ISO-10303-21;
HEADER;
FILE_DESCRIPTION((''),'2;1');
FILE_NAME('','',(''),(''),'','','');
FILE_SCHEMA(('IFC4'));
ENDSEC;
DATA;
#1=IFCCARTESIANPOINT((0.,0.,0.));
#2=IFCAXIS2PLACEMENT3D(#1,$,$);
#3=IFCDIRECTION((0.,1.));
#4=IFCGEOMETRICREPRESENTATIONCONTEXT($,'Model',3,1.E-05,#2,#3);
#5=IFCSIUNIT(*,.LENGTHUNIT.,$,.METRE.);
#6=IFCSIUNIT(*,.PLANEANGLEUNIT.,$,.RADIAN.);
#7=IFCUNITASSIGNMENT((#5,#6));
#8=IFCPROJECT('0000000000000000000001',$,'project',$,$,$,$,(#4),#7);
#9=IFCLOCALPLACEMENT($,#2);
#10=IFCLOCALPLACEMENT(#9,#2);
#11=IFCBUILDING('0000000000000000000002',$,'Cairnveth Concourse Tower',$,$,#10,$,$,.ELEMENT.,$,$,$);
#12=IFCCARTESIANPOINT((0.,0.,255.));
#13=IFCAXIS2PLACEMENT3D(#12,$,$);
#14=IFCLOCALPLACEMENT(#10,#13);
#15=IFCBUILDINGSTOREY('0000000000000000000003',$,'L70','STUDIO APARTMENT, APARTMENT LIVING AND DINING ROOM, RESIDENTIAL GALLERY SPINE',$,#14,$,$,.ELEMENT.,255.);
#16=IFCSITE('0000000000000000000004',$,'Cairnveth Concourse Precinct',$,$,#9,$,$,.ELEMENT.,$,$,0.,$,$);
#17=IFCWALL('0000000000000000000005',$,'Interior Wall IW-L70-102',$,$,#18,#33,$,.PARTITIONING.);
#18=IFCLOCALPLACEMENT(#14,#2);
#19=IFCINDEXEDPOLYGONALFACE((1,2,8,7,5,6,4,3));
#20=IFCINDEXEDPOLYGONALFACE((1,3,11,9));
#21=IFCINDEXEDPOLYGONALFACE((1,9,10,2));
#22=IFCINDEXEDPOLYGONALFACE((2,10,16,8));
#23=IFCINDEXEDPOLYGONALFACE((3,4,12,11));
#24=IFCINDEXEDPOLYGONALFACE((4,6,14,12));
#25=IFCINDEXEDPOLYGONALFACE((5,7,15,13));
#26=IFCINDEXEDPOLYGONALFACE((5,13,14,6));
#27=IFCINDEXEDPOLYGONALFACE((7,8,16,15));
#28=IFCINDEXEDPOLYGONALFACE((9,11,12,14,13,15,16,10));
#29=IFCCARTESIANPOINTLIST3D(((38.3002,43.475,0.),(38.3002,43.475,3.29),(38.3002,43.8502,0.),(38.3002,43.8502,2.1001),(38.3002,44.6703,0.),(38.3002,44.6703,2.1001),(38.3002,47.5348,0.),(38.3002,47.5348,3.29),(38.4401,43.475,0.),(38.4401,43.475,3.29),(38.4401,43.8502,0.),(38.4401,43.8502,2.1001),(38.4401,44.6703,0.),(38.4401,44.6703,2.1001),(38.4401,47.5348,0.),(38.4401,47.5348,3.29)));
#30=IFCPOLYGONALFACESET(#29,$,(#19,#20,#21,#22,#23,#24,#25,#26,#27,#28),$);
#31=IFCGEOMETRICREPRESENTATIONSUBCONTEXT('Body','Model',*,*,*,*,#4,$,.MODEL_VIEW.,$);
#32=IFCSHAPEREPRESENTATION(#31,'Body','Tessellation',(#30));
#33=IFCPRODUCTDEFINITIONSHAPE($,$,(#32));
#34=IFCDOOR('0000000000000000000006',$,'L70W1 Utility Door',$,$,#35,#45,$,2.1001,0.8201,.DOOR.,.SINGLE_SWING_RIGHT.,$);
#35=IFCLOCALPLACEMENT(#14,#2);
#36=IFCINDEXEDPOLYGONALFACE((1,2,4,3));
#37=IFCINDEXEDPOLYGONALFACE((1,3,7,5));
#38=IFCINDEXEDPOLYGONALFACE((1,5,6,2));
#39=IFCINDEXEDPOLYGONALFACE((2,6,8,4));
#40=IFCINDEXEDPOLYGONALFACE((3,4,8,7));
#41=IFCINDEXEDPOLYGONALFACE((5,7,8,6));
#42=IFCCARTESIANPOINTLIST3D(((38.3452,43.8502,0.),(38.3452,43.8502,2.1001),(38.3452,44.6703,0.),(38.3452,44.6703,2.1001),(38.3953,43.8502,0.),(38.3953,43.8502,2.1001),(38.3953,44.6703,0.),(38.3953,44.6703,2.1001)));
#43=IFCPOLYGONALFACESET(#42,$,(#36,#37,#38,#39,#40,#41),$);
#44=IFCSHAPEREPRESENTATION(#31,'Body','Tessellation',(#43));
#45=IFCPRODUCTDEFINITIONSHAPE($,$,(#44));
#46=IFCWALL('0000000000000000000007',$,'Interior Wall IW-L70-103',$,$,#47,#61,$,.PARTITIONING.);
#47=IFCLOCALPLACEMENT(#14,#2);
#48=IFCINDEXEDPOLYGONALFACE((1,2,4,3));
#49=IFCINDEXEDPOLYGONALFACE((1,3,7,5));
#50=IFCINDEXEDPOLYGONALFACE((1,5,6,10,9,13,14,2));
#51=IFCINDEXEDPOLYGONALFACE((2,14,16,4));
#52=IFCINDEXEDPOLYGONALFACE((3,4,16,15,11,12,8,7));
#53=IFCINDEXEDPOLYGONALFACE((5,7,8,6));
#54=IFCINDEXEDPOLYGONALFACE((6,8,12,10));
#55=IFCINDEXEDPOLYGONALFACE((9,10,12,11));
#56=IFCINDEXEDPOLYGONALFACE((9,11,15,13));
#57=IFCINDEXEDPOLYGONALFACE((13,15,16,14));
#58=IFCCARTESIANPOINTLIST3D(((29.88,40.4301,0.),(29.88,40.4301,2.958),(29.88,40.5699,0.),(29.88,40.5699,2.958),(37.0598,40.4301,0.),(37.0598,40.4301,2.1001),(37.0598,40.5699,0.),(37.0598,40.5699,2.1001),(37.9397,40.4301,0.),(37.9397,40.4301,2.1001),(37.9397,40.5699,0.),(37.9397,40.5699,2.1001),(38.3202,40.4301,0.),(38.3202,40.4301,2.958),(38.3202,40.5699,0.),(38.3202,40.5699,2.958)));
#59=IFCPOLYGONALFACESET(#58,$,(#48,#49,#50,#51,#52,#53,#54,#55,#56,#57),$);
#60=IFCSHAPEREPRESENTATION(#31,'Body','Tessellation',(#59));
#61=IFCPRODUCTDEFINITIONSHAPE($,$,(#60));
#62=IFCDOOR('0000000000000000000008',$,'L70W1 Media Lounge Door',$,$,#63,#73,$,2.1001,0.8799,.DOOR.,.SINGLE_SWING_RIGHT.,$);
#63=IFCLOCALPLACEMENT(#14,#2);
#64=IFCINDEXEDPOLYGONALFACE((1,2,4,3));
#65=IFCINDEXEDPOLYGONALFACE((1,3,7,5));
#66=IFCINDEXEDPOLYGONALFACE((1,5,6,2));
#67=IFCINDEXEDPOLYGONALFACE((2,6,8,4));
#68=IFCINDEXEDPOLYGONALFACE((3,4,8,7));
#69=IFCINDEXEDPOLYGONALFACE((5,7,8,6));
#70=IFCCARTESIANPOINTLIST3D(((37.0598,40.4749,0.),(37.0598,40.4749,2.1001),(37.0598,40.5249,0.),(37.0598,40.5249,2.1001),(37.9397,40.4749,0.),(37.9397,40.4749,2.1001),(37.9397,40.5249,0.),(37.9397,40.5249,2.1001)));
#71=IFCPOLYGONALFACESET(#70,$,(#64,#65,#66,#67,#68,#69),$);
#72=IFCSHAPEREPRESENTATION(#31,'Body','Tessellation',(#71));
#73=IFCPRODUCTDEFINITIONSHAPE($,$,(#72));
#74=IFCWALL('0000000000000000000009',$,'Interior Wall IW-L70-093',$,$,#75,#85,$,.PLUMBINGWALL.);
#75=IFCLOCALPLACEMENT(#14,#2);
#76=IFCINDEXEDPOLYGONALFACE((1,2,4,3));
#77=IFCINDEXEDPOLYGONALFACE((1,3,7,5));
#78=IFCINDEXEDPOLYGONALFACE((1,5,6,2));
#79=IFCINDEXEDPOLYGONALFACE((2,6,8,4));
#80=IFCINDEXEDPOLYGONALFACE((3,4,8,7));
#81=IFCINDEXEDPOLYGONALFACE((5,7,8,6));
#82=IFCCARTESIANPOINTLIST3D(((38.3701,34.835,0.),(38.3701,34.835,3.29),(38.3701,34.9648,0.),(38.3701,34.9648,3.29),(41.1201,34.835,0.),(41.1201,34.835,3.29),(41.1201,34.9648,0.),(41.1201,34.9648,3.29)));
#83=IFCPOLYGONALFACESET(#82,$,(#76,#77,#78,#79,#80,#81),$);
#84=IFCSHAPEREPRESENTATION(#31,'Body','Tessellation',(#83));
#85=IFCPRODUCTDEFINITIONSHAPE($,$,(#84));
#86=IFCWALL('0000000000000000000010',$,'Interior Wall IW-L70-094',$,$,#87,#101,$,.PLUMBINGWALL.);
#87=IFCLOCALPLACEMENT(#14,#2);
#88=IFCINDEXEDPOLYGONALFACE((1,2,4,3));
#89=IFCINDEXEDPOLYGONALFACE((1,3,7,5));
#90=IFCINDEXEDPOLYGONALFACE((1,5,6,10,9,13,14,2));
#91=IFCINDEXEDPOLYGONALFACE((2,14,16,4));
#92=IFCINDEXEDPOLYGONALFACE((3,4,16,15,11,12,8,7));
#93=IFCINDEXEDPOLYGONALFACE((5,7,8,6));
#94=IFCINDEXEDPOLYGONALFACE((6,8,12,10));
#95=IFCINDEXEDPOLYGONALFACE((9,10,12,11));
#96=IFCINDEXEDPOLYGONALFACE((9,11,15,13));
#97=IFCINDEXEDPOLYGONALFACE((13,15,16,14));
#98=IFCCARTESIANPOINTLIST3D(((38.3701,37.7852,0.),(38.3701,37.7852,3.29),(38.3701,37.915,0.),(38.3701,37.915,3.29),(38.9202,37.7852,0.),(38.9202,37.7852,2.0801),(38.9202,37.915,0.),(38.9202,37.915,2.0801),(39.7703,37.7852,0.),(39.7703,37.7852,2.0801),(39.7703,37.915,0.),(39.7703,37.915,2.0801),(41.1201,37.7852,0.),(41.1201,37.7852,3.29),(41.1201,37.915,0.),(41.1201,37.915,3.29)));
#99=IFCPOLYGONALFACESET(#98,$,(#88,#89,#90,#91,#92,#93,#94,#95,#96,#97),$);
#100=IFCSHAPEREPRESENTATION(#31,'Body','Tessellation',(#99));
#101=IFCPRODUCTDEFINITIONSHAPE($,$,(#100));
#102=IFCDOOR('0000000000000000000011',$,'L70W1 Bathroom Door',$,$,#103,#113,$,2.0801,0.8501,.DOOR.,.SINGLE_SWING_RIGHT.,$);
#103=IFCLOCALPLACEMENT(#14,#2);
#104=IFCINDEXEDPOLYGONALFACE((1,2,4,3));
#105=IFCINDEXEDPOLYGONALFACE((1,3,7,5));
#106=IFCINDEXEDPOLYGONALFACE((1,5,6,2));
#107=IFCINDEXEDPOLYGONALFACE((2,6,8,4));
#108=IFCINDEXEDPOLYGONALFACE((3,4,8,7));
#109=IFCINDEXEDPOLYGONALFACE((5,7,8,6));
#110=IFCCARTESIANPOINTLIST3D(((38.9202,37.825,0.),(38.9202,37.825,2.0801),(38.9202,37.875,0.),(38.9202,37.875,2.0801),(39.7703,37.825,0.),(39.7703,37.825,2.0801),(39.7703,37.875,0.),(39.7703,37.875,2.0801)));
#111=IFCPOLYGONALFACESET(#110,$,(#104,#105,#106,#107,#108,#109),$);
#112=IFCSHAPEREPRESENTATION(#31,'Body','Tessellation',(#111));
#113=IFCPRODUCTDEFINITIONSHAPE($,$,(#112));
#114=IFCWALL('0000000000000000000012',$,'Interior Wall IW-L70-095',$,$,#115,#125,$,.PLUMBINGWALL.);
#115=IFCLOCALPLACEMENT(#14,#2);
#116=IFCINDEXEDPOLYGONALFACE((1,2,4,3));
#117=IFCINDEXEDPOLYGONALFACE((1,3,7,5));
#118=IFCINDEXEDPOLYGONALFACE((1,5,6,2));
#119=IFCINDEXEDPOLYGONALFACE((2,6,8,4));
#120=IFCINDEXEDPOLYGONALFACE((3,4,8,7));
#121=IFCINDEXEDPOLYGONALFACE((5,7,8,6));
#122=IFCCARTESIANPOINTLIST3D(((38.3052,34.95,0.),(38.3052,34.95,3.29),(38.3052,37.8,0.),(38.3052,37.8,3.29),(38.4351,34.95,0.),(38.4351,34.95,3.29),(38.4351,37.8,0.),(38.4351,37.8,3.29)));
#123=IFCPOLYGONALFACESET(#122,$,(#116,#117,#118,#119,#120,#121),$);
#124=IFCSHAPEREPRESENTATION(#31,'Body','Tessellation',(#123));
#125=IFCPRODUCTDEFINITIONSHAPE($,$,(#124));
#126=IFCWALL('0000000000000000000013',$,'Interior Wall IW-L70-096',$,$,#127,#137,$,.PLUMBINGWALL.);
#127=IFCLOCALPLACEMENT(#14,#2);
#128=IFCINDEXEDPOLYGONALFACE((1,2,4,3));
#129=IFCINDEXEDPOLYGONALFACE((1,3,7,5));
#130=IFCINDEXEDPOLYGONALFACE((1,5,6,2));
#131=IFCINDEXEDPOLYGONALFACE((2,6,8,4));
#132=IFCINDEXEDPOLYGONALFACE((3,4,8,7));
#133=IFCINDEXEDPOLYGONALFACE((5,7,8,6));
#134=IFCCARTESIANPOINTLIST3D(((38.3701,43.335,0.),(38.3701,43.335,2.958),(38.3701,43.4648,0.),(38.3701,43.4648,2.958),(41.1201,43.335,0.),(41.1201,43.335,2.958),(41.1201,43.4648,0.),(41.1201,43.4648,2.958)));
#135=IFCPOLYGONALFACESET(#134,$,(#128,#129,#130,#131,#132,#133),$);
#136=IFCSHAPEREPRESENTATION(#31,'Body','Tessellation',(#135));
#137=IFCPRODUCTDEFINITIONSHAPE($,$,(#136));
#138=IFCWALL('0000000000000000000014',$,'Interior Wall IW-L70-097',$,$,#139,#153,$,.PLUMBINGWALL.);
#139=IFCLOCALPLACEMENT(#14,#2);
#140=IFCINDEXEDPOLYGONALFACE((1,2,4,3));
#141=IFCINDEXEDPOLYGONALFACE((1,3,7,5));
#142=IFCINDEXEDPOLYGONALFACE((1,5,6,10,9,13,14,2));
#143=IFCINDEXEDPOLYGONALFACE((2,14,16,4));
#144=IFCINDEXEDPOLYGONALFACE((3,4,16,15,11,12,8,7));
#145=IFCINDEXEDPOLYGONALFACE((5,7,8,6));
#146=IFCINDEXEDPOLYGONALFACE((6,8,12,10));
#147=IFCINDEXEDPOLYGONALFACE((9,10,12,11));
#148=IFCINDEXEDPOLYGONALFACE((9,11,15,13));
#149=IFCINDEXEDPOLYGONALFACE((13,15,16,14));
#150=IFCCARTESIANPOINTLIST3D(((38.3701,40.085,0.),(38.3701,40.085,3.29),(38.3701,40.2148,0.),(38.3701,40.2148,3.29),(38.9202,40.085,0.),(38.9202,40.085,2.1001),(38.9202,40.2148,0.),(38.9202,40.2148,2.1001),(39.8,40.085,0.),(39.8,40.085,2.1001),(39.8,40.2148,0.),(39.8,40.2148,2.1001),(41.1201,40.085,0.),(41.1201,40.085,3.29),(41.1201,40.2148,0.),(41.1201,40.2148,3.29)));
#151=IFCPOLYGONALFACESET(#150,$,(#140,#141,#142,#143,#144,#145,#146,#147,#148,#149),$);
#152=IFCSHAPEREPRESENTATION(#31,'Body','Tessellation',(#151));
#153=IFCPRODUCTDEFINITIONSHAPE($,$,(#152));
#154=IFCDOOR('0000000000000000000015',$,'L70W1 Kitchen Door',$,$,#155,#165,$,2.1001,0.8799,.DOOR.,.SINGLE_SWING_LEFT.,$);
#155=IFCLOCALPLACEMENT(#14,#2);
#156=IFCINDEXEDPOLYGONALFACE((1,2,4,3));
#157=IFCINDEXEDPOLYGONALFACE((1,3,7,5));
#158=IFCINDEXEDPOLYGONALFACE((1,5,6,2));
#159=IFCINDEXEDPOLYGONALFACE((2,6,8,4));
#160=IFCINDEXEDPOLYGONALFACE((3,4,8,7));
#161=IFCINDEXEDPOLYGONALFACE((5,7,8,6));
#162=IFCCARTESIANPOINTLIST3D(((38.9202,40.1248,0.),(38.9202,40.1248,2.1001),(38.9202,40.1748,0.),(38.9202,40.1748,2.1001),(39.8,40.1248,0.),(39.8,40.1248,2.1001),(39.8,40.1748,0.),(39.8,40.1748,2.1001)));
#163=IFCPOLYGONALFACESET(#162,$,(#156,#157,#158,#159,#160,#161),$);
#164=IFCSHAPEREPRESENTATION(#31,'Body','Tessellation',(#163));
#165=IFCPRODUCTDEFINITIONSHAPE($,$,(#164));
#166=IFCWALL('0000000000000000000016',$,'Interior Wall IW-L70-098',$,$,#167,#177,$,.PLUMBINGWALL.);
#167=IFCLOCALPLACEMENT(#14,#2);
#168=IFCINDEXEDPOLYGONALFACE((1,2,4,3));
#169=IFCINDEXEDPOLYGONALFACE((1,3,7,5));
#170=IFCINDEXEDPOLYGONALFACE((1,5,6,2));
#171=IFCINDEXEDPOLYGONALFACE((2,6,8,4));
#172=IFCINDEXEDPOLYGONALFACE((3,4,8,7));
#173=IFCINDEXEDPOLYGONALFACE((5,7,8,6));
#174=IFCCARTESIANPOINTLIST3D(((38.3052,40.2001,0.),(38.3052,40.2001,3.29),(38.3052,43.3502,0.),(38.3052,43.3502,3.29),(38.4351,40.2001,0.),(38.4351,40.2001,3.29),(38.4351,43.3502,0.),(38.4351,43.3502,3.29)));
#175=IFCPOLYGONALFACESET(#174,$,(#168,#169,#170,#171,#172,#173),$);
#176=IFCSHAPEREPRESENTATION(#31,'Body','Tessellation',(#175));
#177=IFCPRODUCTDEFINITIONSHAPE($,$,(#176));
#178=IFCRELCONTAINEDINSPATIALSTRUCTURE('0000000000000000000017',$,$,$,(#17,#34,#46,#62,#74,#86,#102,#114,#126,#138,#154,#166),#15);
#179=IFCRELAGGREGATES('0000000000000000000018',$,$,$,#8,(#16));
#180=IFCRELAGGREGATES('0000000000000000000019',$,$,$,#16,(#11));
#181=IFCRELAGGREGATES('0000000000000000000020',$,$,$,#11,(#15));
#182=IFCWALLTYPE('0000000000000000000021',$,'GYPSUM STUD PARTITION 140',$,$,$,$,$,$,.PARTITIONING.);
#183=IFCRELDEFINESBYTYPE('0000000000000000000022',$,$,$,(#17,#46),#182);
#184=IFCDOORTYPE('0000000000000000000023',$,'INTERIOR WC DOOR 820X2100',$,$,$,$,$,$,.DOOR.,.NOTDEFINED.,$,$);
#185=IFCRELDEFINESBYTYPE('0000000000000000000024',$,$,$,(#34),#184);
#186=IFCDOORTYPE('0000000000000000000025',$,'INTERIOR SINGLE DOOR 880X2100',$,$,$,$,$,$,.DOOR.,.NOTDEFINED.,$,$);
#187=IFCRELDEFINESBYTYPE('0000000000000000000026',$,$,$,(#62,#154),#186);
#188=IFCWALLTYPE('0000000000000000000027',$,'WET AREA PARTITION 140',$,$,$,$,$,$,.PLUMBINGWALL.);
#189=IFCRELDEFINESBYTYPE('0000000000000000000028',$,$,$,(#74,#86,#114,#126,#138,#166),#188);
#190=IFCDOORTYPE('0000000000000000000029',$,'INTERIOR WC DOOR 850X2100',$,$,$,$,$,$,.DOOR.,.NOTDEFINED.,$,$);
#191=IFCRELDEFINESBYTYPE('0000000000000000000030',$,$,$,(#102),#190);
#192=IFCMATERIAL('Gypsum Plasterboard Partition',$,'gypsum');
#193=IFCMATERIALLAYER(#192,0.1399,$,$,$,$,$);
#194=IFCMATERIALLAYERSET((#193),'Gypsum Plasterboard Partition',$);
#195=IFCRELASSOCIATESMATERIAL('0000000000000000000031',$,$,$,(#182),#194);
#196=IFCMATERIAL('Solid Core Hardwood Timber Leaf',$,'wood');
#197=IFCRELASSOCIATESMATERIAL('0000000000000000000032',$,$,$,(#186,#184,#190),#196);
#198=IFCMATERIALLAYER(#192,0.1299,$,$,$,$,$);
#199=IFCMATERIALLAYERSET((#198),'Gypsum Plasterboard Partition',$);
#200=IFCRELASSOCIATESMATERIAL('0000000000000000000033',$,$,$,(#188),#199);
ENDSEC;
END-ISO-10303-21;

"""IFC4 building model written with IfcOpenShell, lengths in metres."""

from ifc_helpers import new_model, si_unit, direction, frame, frame_2d, origin, place, context, subcontext, project, spatial, rectangle, extrude, material, layer, layer_set, type_object, element, fill, save


model = new_model("IFC4")

# Units and contexts
model_context = context("Model", 3, precision=1e-05, world=origin(), true_north=direction((0.0, 1.0)))
body_context = subcontext(model_context, "Body", "Model", "MODEL_VIEW")
ifc_project = project(units=[si_unit("LENGTHUNIT", "METRE"), si_unit("PLANEANGLEUNIT", "RADIAN")], contexts=[model_context])

# Site, building, storey
site_placement = place(None, origin())
site = spatial("IfcSite", under=ifc_project, at=site_placement, Name="Cairnveth Concourse Precinct", CompositionType="ELEMENT", RefElevation=0.0)
building_placement = place(site_placement, origin())
building = spatial("IfcBuilding", under=site, at=building_placement, Name="Cairnveth Concourse Tower", CompositionType="ELEMENT")
storey_placement = place(building_placement, frame((0.0, 0.0, 255.0)))
storey = spatial("IfcBuildingStorey", under=building, at=storey_placement, Name="L70", Description="STUDIO APARTMENT, APARTMENT LIVING AND DINING ROOM, RESIDENTIAL GALLERY SPINE", CompositionType="ELEMENT", Elevation=255.0)

# Walls, openings, doors
ifc_material_1 = material(Name="Gypsum Plasterboard Partition", Category="gypsum")
ifc_layer_1 = layer(ifc_material_1, 0.1399)
ifc_layer_set_1 = layer_set([ifc_layer_1], Name="Gypsum Plasterboard Partition")
wall_type_1 = type_object("IfcWallType", Name="GYPSUM STUD PARTITION 140", PredefinedType="PARTITIONING", material=ifc_layer_set_1)
ifc_material_2 = material(Name="Solid Core Hardwood Timber Leaf", Category="wood")
door_type_1 = type_object("IfcDoorType", Name="INTERIOR SINGLE DOOR 880X2100", OperationType="NOTDEFINED", PredefinedType="DOOR", material=ifc_material_2)
wall_1_placement = place(storey_placement, frame((38.3701, 43.4751, 0.0), z_axis=(0.0, 0.0, 1.0), x_axis=(0.0, 1.0, 0.0)))
wall_1 = element("IfcWall", 1, at=wall_1_placement, inside=storey, type_object=wall_type_1, Name="Interior Wall IW-L70-102", PredefinedType="PARTITIONING", context=body_context, shape_type="SweptSolid", body=[
    extrude(rectangle(XDim=4.0598, YDim=0.1399, at=frame_2d((2.0298, 0.0))), origin(), (0.0, 0.0, 1.0), 3.29),
])
opening_1_placement = place(wall_1_placement, frame((0.375, 0.0, 0.0)))
opening_1 = element("IfcOpeningElement", 2, at=opening_1_placement, cuts=wall_1, PredefinedType="OPENING", context=body_context, shape_type="SweptSolid", body=[
    extrude(rectangle(XDim=0.8201, YDim=2.1001, at=frame_2d((0.4102, 1.05))), frame((0.0, 0.0798, 0.0), z_axis=(0.0, -1.0, 0.0), x_axis=(1.0, 0.0, 0.0)), (0.0, 0.0, 1.0), 0.1599),
])
door_type_2 = type_object("IfcDoorType", Name="INTERIOR WC DOOR 820X2100", OperationType="NOTDEFINED", PredefinedType="DOOR", material=ifc_material_2)
door_1_placement = place(opening_1_placement, origin())
door_1 = element("IfcDoor", 3, at=door_1_placement, inside=storey, type_object=door_type_2, Name="L70W1 Utility Door", OperationType="SINGLE_SWING_RIGHT", OverallHeight=2.1001, OverallWidth=0.8201, PredefinedType="DOOR", context=body_context, shape_type="SweptSolid", body=[
    extrude(rectangle(XDim=0.8201, YDim=2.1001, at=frame_2d((0.4102, 1.05))), frame((0.0, 0.0249, 0.0), z_axis=(0.0, -1.0, 0.0), x_axis=(1.0, 0.0, 0.0)), (0.0, 0.0, 1.0), 0.05),
])
fill(opening_1, door_1)
wall_2_placement = place(storey_placement, frame((29.8799, 40.5, 0.0), z_axis=(0.0, 0.0, 1.0), x_axis=(1.0, 0.0, 0.0)))
wall_2 = element("IfcWall", 4, at=wall_2_placement, inside=storey, type_object=wall_type_1, Name="Interior Wall IW-L70-103", PredefinedType="PARTITIONING", context=body_context, shape_type="SweptSolid", body=[
    extrude(rectangle(XDim=8.4402, YDim=0.1399, at=frame_2d((4.2202, 0.0))), origin(), (0.0, 0.0, 1.0), 2.958),
])
opening_2_placement = place(wall_2_placement, frame((7.1799, 0.0, 0.0)))
opening_2 = element("IfcOpeningElement", 5, at=opening_2_placement, cuts=wall_2, PredefinedType="OPENING", context=body_context, shape_type="SweptSolid", body=[
    extrude(rectangle(XDim=0.8799, YDim=2.1001, at=frame_2d((0.4399, 1.05))), frame((0.0, 0.0798, 0.0), z_axis=(0.0, -1.0, 0.0), x_axis=(1.0, 0.0, 0.0)), (0.0, 0.0, 1.0), 0.1599),
])
door_2_placement = place(opening_2_placement, origin())
door_2 = element("IfcDoor", 6, at=door_2_placement, inside=storey, type_object=door_type_1, Name="L70W1 Media Lounge Door", OperationType="SINGLE_SWING_RIGHT", OverallHeight=2.1001, OverallWidth=0.8799, PredefinedType="DOOR", context=body_context, shape_type="SweptSolid", body=[
    extrude(rectangle(XDim=0.8799, YDim=2.1001, at=frame_2d((0.4399, 1.05))), frame((0.0, 0.0249, 0.0), z_axis=(0.0, -1.0, 0.0), x_axis=(1.0, 0.0, 0.0)), (0.0, 0.0, 1.0), 0.05),
])
fill(opening_2, door_2)

# Wall
ifc_layer_2 = layer(ifc_material_1, 0.1299)
ifc_layer_set_2 = layer_set([ifc_layer_2], Name="Gypsum Plasterboard Partition")
wall_type_2 = type_object("IfcWallType", Name="WET AREA PARTITION 140", PredefinedType="PLUMBINGWALL", material=ifc_layer_set_2)
wall_3_placement = place(storey_placement, frame((38.3701, 34.8999, 0.0), z_axis=(0.0, 0.0, 1.0), x_axis=(1.0, 0.0, 0.0)))
element("IfcWall", 7, at=wall_3_placement, inside=storey, type_object=wall_type_2, Name="Interior Wall IW-L70-093", PredefinedType="PLUMBINGWALL", context=body_context, shape_type="SweptSolid", body=[
    extrude(rectangle(XDim=2.75, YDim=0.1299, at=frame_2d((1.375, 0.0))), origin(), (0.0, 0.0, 1.0), 3.29),
])

# Wall, opening, door
wall_4_placement = place(storey_placement, frame((38.3701, 37.8501, 0.0), z_axis=(0.0, 0.0, 1.0), x_axis=(1.0, 0.0, 0.0)))
wall_4 = element("IfcWall", 8, at=wall_4_placement, inside=storey, type_object=wall_type_2, Name="Interior Wall IW-L70-094", PredefinedType="PLUMBINGWALL", context=body_context, shape_type="SweptSolid", body=[
    extrude(rectangle(XDim=2.75, YDim=0.1299, at=frame_2d((1.375, 0.0))), origin(), (0.0, 0.0, 1.0), 3.29),
])
opening_3_placement = place(wall_4_placement, frame((0.55, 0.0, 0.0)))
opening_3 = element("IfcOpeningElement", 9, at=opening_3_placement, cuts=wall_4, PredefinedType="OPENING", context=body_context, shape_type="SweptSolid", body=[
    extrude(rectangle(XDim=0.8501, YDim=2.0801, at=frame_2d((0.425, 1.04))), frame((0.0, 0.075, 0.0), z_axis=(0.0, -1.0, 0.0), x_axis=(1.0, 0.0, 0.0)), (0.0, 0.0, 1.0), 0.1499),
])
door_type_3 = type_object("IfcDoorType", Name="INTERIOR WC DOOR 850X2100", OperationType="NOTDEFINED", PredefinedType="DOOR", material=ifc_material_2)
door_3_placement = place(opening_3_placement, origin())
door_3 = element("IfcDoor", 10, at=door_3_placement, inside=storey, type_object=door_type_3, Name="L70W1 Bathroom Door", OperationType="SINGLE_SWING_RIGHT", OverallHeight=2.0801, OverallWidth=0.8501, PredefinedType="DOOR", context=body_context, shape_type="SweptSolid", body=[
    extrude(rectangle(XDim=0.8501, YDim=2.0801, at=frame_2d((0.425, 1.04))), frame((0.0, 0.0249, 0.0), z_axis=(0.0, -1.0, 0.0), x_axis=(1.0, 0.0, 0.0)), (0.0, 0.0, 1.0), 0.05),
])
fill(opening_3, door_3)

# Walls
wall_5_placement = place(storey_placement, frame((38.3701, 34.95, 0.0), z_axis=(0.0, 0.0, 1.0), x_axis=(0.0, 1.0, 0.0)))
element("IfcWall", 11, at=wall_5_placement, inside=storey, type_object=wall_type_2, Name="Interior Wall IW-L70-095", PredefinedType="PLUMBINGWALL", context=body_context, shape_type="SweptSolid", body=[
    extrude(rectangle(XDim=2.8501, YDim=0.1299, at=frame_2d((1.425, 0.0))), origin(), (0.0, 0.0, 1.0), 3.29),
])
wall_6_placement = place(storey_placement, frame((38.3701, 43.3999, 0.0), z_axis=(0.0, 0.0, 1.0), x_axis=(1.0, 0.0, 0.0)))
element("IfcWall", 12, at=wall_6_placement, inside=storey, type_object=wall_type_2, Name="Interior Wall IW-L70-096", PredefinedType="PLUMBINGWALL", context=body_context, shape_type="SweptSolid", body=[
    extrude(rectangle(XDim=2.75, YDim=0.1299, at=frame_2d((1.375, 0.0))), origin(), (0.0, 0.0, 1.0), 2.958),
])

# Wall, opening, door
wall_7_placement = place(storey_placement, frame((38.3701, 40.1499, 0.0), z_axis=(0.0, 0.0, 1.0), x_axis=(1.0, 0.0, 0.0)))
wall_7 = element("IfcWall", 13, at=wall_7_placement, inside=storey, type_object=wall_type_2, Name="Interior Wall IW-L70-097", PredefinedType="PLUMBINGWALL", context=body_context, shape_type="SweptSolid", body=[
    extrude(rectangle(XDim=2.75, YDim=0.1299, at=frame_2d((1.375, 0.0))), origin(), (0.0, 0.0, 1.0), 3.29),
])
opening_4_placement = place(wall_7_placement, frame((0.55, 0.0, 0.0)))
opening_4 = element("IfcOpeningElement", 14, at=opening_4_placement, cuts=wall_7, PredefinedType="OPENING", context=body_context, shape_type="SweptSolid", body=[
    extrude(rectangle(XDim=0.8799, YDim=2.1001, at=frame_2d((0.4399, 1.05))), frame((0.0, 0.075, 0.0), z_axis=(0.0, -1.0, 0.0), x_axis=(1.0, 0.0, 0.0)), (0.0, 0.0, 1.0), 0.1499),
])
door_4_placement = place(opening_4_placement, origin())
door_4 = element("IfcDoor", 15, at=door_4_placement, inside=storey, type_object=door_type_1, Name="L70W1 Kitchen Door", OperationType="SINGLE_SWING_LEFT", OverallHeight=2.1001, OverallWidth=0.8799, PredefinedType="DOOR", context=body_context, shape_type="SweptSolid", body=[
    extrude(rectangle(XDim=0.8799, YDim=2.1001, at=frame_2d((0.4399, 1.05))), frame((0.0, 0.0249, 0.0), z_axis=(0.0, -1.0, 0.0), x_axis=(1.0, 0.0, 0.0)), (0.0, 0.0, 1.0), 0.05),
])
fill(opening_4, door_4)

# Wall
wall_8_placement = place(storey_placement, frame((38.3701, 40.2, 0.0), z_axis=(0.0, 0.0, 1.0), x_axis=(0.0, 1.0, 0.0)))
element("IfcWall", 16, at=wall_8_placement, inside=storey, type_object=wall_type_2, Name="Interior Wall IW-L70-098", PredefinedType="PLUMBINGWALL", context=body_context, shape_type="SweptSolid", body=[
    extrude(rectangle(XDim=3.1501, YDim=0.1299, at=frame_2d((1.5752, 0.0))), origin(), (0.0, 0.0, 1.0), 3.29),
])

save(model, "model.ifc")
